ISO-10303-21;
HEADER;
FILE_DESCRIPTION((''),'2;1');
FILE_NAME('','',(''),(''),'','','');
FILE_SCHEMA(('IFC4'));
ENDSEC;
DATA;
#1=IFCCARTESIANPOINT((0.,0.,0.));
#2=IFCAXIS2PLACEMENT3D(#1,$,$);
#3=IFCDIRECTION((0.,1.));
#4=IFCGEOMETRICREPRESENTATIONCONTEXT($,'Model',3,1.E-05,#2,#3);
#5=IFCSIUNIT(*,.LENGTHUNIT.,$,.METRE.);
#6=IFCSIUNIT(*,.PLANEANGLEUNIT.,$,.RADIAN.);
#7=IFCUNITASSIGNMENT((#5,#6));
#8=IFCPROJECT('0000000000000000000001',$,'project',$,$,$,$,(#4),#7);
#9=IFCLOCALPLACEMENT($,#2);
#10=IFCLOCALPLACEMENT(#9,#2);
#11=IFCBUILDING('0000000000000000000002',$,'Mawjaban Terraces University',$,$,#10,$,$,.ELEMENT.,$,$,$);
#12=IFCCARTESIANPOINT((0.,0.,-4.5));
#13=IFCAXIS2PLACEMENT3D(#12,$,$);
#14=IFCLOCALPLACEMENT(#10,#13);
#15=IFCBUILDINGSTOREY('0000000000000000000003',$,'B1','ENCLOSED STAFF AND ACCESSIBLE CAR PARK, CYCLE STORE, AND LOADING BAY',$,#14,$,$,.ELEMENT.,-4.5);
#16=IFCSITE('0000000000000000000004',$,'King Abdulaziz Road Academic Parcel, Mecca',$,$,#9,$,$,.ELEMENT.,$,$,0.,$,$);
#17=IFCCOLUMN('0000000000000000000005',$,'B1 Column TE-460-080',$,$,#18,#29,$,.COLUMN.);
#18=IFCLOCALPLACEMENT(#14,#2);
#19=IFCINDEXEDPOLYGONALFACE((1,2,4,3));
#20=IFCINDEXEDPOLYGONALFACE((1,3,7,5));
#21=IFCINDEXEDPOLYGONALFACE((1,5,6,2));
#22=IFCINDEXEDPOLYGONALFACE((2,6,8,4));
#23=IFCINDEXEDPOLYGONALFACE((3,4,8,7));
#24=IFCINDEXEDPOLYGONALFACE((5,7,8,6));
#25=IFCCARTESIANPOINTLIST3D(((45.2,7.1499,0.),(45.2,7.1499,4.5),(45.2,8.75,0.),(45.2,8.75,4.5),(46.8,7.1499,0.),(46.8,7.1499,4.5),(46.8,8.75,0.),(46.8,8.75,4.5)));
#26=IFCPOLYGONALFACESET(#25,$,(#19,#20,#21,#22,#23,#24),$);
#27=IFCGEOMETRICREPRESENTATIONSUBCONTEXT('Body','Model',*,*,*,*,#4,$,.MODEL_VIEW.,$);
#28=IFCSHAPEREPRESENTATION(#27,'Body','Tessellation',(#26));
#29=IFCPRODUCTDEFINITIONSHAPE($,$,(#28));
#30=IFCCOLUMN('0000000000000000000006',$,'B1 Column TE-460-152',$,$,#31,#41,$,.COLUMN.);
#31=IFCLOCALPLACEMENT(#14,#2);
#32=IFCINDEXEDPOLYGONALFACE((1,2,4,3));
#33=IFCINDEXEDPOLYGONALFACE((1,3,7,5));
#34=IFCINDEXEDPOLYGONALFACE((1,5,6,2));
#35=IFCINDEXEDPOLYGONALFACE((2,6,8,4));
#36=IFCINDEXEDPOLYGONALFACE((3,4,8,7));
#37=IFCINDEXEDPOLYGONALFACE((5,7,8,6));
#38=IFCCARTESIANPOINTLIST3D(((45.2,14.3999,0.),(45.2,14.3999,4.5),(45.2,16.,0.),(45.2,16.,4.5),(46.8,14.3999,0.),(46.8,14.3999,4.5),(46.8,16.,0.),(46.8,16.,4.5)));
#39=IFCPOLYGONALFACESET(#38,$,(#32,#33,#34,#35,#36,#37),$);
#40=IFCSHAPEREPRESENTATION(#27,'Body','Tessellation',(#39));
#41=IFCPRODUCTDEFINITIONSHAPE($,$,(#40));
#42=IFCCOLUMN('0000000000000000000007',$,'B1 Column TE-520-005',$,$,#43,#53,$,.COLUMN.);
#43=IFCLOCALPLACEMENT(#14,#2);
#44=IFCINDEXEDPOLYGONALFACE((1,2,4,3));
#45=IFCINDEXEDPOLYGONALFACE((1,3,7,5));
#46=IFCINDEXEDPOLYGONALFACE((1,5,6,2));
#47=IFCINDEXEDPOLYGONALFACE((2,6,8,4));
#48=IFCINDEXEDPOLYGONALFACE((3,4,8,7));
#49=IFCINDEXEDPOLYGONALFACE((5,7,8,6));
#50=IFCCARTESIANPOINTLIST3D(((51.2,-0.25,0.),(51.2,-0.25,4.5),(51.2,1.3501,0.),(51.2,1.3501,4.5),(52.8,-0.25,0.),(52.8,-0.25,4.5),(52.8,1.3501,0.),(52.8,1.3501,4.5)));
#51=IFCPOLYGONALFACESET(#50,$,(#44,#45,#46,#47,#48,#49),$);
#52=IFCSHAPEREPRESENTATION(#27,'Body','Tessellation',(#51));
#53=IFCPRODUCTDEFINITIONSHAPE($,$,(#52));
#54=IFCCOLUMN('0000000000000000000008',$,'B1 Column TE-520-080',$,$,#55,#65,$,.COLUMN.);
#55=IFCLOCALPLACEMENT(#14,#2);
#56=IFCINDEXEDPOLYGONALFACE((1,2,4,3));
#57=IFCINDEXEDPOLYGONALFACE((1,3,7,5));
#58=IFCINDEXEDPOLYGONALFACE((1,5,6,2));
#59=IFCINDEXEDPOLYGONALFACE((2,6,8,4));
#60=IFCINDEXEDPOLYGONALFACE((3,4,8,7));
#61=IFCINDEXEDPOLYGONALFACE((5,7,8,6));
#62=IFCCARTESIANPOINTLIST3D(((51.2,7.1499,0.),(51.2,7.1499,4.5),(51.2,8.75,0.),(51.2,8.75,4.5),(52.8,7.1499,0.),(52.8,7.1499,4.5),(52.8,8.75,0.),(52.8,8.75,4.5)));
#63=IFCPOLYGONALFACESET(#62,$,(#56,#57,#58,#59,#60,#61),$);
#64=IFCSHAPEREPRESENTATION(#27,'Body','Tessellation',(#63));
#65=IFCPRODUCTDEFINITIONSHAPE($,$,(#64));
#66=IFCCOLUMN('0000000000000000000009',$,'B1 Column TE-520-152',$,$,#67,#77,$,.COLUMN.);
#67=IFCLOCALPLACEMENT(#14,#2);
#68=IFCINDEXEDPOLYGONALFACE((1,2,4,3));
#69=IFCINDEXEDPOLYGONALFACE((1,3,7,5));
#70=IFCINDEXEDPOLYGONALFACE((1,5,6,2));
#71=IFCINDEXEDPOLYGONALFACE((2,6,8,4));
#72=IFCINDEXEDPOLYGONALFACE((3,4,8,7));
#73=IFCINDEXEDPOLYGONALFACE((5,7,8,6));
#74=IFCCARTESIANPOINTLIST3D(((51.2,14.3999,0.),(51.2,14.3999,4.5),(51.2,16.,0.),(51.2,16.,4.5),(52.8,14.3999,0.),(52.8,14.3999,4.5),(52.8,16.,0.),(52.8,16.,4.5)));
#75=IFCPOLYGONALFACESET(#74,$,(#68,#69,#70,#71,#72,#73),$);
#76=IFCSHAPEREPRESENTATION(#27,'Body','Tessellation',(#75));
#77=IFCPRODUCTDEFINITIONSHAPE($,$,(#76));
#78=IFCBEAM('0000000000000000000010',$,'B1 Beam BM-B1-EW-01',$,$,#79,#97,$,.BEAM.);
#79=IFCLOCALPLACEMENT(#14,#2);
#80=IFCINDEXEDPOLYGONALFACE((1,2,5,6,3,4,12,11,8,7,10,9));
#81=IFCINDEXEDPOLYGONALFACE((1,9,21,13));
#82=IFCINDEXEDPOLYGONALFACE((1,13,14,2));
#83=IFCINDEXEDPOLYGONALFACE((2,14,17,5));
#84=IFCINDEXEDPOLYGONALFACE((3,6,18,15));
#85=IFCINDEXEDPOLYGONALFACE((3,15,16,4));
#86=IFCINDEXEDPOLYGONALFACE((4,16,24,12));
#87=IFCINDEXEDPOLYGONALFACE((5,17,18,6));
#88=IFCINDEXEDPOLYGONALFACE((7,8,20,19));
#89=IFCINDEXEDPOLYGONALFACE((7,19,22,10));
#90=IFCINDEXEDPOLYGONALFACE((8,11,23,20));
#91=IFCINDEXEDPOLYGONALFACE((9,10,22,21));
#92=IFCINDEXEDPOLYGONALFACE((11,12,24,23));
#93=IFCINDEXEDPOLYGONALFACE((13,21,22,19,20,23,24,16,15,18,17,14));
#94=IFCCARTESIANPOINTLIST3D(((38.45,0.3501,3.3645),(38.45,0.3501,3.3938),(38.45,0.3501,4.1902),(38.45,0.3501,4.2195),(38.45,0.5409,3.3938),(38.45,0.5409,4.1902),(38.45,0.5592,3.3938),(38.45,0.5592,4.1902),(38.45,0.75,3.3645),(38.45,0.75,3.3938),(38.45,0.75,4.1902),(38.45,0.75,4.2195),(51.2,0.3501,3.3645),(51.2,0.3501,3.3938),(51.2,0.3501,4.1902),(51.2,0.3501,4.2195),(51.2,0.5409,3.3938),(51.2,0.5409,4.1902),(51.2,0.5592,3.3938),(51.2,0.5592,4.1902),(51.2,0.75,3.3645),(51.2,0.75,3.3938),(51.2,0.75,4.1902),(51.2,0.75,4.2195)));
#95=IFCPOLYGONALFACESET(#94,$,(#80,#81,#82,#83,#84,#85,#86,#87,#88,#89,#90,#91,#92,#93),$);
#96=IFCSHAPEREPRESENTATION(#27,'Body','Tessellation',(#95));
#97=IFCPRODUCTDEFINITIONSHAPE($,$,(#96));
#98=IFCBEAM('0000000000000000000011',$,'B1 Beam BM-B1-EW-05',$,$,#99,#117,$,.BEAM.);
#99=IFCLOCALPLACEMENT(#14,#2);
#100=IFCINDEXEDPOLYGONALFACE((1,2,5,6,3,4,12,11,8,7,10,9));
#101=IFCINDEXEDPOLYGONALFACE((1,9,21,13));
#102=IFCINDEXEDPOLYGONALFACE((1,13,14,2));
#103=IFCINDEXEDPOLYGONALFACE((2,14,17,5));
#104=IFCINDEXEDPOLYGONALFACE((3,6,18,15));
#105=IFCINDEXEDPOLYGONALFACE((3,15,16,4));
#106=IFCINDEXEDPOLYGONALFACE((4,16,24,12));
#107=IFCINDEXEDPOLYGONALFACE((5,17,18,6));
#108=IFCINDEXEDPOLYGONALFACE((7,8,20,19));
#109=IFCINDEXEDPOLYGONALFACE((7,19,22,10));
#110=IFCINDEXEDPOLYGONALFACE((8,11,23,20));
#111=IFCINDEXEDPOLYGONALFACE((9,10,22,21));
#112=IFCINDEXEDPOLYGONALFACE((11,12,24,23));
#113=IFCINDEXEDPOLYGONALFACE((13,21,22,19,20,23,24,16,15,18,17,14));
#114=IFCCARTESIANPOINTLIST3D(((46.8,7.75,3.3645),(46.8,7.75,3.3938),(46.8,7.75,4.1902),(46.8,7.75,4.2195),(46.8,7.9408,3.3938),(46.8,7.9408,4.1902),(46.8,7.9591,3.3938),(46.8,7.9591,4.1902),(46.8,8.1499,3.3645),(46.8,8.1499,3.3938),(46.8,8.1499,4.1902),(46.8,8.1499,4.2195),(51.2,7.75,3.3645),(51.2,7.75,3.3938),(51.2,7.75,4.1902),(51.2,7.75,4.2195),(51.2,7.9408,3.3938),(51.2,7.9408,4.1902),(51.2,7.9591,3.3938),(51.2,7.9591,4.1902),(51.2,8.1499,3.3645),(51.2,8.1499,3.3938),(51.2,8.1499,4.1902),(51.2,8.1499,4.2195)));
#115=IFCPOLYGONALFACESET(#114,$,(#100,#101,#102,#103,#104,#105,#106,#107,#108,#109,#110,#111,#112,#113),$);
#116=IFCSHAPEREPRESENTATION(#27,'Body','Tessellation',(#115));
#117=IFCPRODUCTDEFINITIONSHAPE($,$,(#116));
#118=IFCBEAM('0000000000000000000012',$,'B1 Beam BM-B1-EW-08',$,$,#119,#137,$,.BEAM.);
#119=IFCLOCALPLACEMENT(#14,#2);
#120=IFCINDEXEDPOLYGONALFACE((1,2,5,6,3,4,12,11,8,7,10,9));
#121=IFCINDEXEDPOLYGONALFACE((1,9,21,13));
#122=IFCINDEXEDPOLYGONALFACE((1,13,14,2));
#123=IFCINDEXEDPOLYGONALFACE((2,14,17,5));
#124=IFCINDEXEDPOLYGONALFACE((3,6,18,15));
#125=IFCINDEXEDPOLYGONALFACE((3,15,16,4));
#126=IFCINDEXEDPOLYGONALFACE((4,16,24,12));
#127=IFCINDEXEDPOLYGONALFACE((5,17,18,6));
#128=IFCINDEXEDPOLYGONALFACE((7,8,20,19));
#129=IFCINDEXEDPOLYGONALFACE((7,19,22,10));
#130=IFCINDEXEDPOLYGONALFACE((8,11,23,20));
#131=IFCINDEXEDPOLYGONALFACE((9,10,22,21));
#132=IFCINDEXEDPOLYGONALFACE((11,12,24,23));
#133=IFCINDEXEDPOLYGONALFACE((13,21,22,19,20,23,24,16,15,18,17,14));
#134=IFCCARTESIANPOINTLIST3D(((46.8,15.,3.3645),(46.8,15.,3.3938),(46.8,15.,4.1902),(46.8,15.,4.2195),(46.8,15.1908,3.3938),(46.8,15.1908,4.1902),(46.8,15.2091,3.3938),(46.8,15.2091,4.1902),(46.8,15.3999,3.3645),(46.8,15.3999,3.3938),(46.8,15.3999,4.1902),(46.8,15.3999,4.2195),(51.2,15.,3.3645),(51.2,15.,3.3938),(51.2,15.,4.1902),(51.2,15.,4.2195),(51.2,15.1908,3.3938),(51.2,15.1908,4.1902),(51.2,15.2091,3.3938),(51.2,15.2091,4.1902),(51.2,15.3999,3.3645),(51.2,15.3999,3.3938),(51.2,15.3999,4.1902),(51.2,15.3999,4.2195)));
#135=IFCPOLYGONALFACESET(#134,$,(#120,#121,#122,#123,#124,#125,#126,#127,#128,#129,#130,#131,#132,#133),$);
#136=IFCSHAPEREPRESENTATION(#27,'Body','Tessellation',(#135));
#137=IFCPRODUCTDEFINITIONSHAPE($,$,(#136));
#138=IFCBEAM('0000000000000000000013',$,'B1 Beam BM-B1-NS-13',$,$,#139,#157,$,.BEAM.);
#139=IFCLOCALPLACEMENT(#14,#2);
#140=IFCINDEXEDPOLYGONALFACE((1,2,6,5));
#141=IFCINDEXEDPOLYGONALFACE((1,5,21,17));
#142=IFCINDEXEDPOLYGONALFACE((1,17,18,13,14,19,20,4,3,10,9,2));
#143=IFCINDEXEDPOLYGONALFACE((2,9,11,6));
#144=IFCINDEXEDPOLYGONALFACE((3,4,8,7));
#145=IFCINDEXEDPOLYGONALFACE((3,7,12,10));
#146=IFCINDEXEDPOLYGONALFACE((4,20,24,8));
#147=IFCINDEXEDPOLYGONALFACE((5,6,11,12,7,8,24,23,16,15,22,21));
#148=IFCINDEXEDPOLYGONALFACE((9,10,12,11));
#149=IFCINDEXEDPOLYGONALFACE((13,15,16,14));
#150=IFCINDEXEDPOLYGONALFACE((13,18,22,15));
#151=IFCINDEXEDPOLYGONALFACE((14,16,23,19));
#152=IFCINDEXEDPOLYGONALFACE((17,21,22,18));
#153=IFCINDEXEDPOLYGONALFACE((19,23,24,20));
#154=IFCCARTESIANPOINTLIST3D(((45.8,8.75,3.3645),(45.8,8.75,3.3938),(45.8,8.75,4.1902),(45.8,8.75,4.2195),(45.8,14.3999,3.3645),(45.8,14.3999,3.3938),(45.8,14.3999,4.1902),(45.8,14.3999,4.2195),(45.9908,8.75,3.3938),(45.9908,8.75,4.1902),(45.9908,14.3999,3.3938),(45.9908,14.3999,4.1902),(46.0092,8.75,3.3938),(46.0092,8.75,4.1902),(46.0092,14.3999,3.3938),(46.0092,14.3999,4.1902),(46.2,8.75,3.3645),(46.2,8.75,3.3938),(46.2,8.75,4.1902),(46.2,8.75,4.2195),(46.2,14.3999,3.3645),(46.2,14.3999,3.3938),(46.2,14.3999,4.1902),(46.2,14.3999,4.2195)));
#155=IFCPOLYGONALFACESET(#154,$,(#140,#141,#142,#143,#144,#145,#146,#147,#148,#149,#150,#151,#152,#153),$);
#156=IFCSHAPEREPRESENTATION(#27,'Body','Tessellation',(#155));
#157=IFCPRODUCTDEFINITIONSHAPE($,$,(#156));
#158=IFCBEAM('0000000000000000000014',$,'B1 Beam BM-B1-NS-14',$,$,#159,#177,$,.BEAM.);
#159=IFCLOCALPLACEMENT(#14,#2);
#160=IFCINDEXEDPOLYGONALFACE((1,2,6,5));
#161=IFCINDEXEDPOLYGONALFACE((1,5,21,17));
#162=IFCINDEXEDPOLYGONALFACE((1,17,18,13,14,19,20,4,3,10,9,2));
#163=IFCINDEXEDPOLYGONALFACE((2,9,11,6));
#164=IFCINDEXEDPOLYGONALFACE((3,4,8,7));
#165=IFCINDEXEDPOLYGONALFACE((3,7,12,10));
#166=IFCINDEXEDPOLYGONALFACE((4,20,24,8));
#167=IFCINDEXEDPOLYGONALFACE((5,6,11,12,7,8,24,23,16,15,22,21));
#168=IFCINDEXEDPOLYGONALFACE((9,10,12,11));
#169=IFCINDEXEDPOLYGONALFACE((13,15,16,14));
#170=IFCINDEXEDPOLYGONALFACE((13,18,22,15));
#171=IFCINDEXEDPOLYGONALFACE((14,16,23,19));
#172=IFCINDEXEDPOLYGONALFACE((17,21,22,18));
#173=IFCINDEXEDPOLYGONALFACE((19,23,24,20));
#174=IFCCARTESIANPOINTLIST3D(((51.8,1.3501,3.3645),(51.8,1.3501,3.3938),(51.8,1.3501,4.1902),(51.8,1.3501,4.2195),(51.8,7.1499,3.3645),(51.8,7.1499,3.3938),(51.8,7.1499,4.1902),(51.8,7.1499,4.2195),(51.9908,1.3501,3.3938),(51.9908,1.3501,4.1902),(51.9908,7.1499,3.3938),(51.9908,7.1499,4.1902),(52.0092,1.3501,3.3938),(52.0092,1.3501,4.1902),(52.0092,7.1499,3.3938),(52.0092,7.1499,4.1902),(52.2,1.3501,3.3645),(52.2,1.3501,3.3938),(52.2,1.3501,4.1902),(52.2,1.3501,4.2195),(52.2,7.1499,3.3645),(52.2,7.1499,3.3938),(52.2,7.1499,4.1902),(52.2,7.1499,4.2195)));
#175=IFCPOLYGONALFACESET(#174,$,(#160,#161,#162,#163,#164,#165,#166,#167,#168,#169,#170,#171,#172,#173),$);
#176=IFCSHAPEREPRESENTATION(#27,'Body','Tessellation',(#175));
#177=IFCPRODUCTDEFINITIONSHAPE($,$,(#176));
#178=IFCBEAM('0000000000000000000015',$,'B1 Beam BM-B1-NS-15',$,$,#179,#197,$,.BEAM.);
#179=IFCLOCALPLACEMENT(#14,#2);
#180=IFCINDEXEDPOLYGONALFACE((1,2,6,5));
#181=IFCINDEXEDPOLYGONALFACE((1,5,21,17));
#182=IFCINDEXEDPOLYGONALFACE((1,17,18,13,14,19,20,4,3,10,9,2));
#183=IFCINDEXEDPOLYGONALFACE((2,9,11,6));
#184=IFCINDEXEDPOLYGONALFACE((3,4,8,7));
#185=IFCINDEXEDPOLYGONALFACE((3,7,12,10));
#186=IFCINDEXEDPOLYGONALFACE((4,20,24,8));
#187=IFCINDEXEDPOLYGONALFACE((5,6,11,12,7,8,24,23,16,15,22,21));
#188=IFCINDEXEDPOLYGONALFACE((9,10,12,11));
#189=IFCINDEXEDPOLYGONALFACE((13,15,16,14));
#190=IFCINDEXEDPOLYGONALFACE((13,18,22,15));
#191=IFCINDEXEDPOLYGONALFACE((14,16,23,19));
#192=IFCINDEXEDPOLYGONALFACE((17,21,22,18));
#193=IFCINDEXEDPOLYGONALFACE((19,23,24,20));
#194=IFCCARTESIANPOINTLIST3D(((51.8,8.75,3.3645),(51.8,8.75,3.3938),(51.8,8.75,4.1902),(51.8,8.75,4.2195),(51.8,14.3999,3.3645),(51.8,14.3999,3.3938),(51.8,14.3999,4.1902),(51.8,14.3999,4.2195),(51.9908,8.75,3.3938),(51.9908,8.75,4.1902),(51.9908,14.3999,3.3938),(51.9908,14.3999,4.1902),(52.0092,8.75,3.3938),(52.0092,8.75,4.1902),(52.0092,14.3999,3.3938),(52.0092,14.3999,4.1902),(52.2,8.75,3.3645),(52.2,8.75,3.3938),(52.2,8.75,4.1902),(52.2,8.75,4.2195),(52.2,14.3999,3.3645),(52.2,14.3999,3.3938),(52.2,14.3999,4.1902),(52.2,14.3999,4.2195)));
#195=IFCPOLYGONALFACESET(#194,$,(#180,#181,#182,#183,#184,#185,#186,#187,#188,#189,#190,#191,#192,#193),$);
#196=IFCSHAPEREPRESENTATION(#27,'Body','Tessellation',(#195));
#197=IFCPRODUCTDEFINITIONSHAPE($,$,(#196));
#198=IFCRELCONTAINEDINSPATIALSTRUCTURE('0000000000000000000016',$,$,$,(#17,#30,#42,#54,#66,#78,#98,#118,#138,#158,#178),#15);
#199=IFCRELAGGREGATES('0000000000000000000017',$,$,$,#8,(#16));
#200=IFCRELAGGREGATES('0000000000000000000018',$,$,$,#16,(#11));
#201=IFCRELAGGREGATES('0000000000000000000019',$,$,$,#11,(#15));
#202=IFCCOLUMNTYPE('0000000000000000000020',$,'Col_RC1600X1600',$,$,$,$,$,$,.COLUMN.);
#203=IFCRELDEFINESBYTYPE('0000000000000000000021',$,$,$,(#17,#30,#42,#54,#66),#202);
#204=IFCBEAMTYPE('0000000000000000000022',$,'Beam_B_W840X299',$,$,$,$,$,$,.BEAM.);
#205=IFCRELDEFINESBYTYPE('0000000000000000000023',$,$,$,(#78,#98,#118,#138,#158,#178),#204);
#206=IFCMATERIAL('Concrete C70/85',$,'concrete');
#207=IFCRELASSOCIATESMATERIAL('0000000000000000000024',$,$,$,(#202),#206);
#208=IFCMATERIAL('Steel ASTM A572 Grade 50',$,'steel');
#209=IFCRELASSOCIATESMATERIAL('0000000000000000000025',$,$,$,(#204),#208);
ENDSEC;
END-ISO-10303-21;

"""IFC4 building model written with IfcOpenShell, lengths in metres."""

from ifc_helpers import new_model, si_unit, direction, frame, origin, origin_2d, place, context, subcontext, project, spatial, rectangle, i_section, extrude, material, material_profile, profile_set, type_object, element, save


model = new_model("IFC4")

# Units and contexts
model_context = context("Model", 3, precision=1e-05, world=origin(), true_north=direction((0.0, 1.0)))
body_context = subcontext(model_context, "Body", "Model", "MODEL_VIEW")
ifc_project = project(units=[si_unit("LENGTHUNIT", "METRE"), si_unit("PLANEANGLEUNIT", "RADIAN")], contexts=[model_context])

# Site, building, storey
site_placement = place(None, origin())
site = spatial("IfcSite", under=ifc_project, at=site_placement, Name="King Abdulaziz Road Academic Parcel, Mecca", CompositionType="ELEMENT", RefElevation=0.0)
building_placement = place(site_placement, origin())
building = spatial("IfcBuilding", under=site, at=building_placement, Name="Mawjaban Terraces University", CompositionType="ELEMENT")
storey_placement = place(building_placement, frame((0.0, 0.0, -4.5)))
storey = spatial("IfcBuildingStorey", under=building, at=storey_placement, Name="B1", Description="ENCLOSED STAFF AND ACCESSIBLE CAR PARK, CYCLE STORE, AND LOADING BAY", CompositionType="ELEMENT", Elevation=-4.5)

# Columns
ifc_material_1 = material(Name="Concrete C70/85", Category="concrete")
ifc_material_profile_1 = material_profile(ifc_material_1, rectangle(XDim=1.6001, YDim=1.6001, at=origin_2d()), Name="RC1600X1600")
ifc_profile_set_1 = profile_set([ifc_material_profile_1], Name="Concrete C70/85")
column_type = type_object("IfcColumnType", Name="Col_RC1600X1600", PredefinedType="COLUMN", material=ifc_profile_set_1)
for number, where, z_axis, x_axis, name in (
    (1, (46.0, 7.95, 0.0), (0.0, 0.0, 1.0), (1.0, 0.0, 0.0), "B1 Column TE-460-080"),
    (2, (46.0, 15.2, 0.0), (0.0, 0.0, 1.0), (1.0, 0.0, 0.0), "B1 Column TE-460-152"),
    (3, (52.0, 0.55, 0.0), (0.0, 0.0, 1.0), (1.0, 0.0, 0.0), "B1 Column TE-520-005"),
    (4, (52.0, 7.95, 0.0), (0.0, 0.0, 1.0), (1.0, 0.0, 0.0), "B1 Column TE-520-080"),
    (5, (52.0, 15.2, 0.0), (0.0, 0.0, 1.0), (1.0, 0.0, 0.0), "B1 Column TE-520-152"),
):
    element("IfcColumn", number, at=place(storey_placement, frame(where, z_axis=z_axis, x_axis=x_axis)), inside=storey, type_object=column_type, Name=name, PredefinedType="COLUMN", context=body_context, shape_type="SweptSolid", body=[
        extrude(rectangle(XDim=1.6001, YDim=1.6001, at=origin_2d()), origin(), (0.0, 0.0, 1.0), 4.5),
    ])

# Beams
ifc_material_2 = material(Name="Steel ASTM A572 Grade 50", Category="steel")
ifc_material_profile_2 = material_profile(ifc_material_2, i_section(OverallWidth=0.3999, OverallDepth=0.855, WebThickness=0.0183, FlangeThickness=0.0293, at=origin_2d()), Name="W840X299")
ifc_profile_set_2 = profile_set([ifc_material_profile_2], Name="Steel ASTM A572 Grade 50")
beam_type_1 = type_object("IfcBeamType", Name="Beam_B_W840X299", PredefinedType="BEAM", material=ifc_profile_set_2)
beam_1_placement = place(storey_placement, frame((38.45, 0.55, 3.792), z_axis=(1.0, 0.0, 0.0), x_axis=(0.0, 1.0, 0.0)))
element("IfcBeam", 6, at=beam_1_placement, inside=storey, type_object=beam_type_1, Name="B1 Beam BM-B1-EW-01", PredefinedType="BEAM", context=body_context, shape_type="SweptSolid", body=[
    extrude(i_section(OverallWidth=0.3999, OverallDepth=0.855, WebThickness=0.0183, FlangeThickness=0.0293, at=origin_2d()), origin(), (0.0, 0.0, 1.0), 12.75),
])
for number, where, z_axis, x_axis, name in (
    (7, (46.8, 7.95, 3.792), (1.0, 0.0, 0.0), (0.0, 1.0, 0.0), "B1 Beam BM-B1-EW-05"),
    (8, (46.8, 15.2, 3.792), (1.0, 0.0, 0.0), (0.0, 1.0, 0.0), "B1 Beam BM-B1-EW-08"),
):
    element("IfcBeam", number, at=place(storey_placement, frame(where, z_axis=z_axis, x_axis=x_axis)), inside=storey, type_object=beam_type_1, Name=name, PredefinedType="BEAM", context=body_context, shape_type="SweptSolid", body=[
        extrude(i_section(OverallWidth=0.3999, OverallDepth=0.855, WebThickness=0.0183, FlangeThickness=0.0293, at=origin_2d()), origin(), (0.0, 0.0, 1.0), 4.3999),
    ])
beam_2_placement = place(storey_placement, frame((46.0, 8.75, 3.792), z_axis=(0.0, 1.0, 0.0), x_axis=(-1.0, 0.0, 0.0)))
element("IfcBeam", 9, at=beam_2_placement, inside=storey, type_object=beam_type_1, Name="B1 Beam BM-B1-NS-13", PredefinedType="BEAM", context=body_context, shape_type="SweptSolid", body=[
    extrude(i_section(OverallWidth=0.3999, OverallDepth=0.855, WebThickness=0.0183, FlangeThickness=0.0293, at=origin_2d()), origin(), (0.0, 0.0, 1.0), 5.6499),
])
beam_3_placement = place(storey_placement, frame((52.0, 1.3501, 3.792), z_axis=(0.0, 1.0, 0.0), x_axis=(-1.0, 0.0, 0.0)))
element("IfcBeam", 10, at=beam_3_placement, inside=storey, type_object=beam_type_1, Name="B1 Beam BM-B1-NS-14", PredefinedType="BEAM", context=body_context, shape_type="SweptSolid", body=[
    extrude(i_section(OverallWidth=0.3999, OverallDepth=0.855, WebThickness=0.0183, FlangeThickness=0.0293, at=origin_2d()), origin(), (0.0, 0.0, 1.0), 5.7998),
])
beam_4_placement = place(storey_placement, frame((52.0, 8.75, 3.792), z_axis=(0.0, 1.0, 0.0), x_axis=(-1.0, 0.0, 0.0)))
element("IfcBeam", 11, at=beam_4_placement, inside=storey, type_object=beam_type_1, Name="B1 Beam BM-B1-NS-15", PredefinedType="BEAM", context=body_context, shape_type="SweptSolid", body=[
    extrude(i_section(OverallWidth=0.3999, OverallDepth=0.855, WebThickness=0.0183, FlangeThickness=0.0293, at=origin_2d()), origin(), (0.0, 0.0, 1.0), 5.6499),
])

save(model, "model.ifc")
